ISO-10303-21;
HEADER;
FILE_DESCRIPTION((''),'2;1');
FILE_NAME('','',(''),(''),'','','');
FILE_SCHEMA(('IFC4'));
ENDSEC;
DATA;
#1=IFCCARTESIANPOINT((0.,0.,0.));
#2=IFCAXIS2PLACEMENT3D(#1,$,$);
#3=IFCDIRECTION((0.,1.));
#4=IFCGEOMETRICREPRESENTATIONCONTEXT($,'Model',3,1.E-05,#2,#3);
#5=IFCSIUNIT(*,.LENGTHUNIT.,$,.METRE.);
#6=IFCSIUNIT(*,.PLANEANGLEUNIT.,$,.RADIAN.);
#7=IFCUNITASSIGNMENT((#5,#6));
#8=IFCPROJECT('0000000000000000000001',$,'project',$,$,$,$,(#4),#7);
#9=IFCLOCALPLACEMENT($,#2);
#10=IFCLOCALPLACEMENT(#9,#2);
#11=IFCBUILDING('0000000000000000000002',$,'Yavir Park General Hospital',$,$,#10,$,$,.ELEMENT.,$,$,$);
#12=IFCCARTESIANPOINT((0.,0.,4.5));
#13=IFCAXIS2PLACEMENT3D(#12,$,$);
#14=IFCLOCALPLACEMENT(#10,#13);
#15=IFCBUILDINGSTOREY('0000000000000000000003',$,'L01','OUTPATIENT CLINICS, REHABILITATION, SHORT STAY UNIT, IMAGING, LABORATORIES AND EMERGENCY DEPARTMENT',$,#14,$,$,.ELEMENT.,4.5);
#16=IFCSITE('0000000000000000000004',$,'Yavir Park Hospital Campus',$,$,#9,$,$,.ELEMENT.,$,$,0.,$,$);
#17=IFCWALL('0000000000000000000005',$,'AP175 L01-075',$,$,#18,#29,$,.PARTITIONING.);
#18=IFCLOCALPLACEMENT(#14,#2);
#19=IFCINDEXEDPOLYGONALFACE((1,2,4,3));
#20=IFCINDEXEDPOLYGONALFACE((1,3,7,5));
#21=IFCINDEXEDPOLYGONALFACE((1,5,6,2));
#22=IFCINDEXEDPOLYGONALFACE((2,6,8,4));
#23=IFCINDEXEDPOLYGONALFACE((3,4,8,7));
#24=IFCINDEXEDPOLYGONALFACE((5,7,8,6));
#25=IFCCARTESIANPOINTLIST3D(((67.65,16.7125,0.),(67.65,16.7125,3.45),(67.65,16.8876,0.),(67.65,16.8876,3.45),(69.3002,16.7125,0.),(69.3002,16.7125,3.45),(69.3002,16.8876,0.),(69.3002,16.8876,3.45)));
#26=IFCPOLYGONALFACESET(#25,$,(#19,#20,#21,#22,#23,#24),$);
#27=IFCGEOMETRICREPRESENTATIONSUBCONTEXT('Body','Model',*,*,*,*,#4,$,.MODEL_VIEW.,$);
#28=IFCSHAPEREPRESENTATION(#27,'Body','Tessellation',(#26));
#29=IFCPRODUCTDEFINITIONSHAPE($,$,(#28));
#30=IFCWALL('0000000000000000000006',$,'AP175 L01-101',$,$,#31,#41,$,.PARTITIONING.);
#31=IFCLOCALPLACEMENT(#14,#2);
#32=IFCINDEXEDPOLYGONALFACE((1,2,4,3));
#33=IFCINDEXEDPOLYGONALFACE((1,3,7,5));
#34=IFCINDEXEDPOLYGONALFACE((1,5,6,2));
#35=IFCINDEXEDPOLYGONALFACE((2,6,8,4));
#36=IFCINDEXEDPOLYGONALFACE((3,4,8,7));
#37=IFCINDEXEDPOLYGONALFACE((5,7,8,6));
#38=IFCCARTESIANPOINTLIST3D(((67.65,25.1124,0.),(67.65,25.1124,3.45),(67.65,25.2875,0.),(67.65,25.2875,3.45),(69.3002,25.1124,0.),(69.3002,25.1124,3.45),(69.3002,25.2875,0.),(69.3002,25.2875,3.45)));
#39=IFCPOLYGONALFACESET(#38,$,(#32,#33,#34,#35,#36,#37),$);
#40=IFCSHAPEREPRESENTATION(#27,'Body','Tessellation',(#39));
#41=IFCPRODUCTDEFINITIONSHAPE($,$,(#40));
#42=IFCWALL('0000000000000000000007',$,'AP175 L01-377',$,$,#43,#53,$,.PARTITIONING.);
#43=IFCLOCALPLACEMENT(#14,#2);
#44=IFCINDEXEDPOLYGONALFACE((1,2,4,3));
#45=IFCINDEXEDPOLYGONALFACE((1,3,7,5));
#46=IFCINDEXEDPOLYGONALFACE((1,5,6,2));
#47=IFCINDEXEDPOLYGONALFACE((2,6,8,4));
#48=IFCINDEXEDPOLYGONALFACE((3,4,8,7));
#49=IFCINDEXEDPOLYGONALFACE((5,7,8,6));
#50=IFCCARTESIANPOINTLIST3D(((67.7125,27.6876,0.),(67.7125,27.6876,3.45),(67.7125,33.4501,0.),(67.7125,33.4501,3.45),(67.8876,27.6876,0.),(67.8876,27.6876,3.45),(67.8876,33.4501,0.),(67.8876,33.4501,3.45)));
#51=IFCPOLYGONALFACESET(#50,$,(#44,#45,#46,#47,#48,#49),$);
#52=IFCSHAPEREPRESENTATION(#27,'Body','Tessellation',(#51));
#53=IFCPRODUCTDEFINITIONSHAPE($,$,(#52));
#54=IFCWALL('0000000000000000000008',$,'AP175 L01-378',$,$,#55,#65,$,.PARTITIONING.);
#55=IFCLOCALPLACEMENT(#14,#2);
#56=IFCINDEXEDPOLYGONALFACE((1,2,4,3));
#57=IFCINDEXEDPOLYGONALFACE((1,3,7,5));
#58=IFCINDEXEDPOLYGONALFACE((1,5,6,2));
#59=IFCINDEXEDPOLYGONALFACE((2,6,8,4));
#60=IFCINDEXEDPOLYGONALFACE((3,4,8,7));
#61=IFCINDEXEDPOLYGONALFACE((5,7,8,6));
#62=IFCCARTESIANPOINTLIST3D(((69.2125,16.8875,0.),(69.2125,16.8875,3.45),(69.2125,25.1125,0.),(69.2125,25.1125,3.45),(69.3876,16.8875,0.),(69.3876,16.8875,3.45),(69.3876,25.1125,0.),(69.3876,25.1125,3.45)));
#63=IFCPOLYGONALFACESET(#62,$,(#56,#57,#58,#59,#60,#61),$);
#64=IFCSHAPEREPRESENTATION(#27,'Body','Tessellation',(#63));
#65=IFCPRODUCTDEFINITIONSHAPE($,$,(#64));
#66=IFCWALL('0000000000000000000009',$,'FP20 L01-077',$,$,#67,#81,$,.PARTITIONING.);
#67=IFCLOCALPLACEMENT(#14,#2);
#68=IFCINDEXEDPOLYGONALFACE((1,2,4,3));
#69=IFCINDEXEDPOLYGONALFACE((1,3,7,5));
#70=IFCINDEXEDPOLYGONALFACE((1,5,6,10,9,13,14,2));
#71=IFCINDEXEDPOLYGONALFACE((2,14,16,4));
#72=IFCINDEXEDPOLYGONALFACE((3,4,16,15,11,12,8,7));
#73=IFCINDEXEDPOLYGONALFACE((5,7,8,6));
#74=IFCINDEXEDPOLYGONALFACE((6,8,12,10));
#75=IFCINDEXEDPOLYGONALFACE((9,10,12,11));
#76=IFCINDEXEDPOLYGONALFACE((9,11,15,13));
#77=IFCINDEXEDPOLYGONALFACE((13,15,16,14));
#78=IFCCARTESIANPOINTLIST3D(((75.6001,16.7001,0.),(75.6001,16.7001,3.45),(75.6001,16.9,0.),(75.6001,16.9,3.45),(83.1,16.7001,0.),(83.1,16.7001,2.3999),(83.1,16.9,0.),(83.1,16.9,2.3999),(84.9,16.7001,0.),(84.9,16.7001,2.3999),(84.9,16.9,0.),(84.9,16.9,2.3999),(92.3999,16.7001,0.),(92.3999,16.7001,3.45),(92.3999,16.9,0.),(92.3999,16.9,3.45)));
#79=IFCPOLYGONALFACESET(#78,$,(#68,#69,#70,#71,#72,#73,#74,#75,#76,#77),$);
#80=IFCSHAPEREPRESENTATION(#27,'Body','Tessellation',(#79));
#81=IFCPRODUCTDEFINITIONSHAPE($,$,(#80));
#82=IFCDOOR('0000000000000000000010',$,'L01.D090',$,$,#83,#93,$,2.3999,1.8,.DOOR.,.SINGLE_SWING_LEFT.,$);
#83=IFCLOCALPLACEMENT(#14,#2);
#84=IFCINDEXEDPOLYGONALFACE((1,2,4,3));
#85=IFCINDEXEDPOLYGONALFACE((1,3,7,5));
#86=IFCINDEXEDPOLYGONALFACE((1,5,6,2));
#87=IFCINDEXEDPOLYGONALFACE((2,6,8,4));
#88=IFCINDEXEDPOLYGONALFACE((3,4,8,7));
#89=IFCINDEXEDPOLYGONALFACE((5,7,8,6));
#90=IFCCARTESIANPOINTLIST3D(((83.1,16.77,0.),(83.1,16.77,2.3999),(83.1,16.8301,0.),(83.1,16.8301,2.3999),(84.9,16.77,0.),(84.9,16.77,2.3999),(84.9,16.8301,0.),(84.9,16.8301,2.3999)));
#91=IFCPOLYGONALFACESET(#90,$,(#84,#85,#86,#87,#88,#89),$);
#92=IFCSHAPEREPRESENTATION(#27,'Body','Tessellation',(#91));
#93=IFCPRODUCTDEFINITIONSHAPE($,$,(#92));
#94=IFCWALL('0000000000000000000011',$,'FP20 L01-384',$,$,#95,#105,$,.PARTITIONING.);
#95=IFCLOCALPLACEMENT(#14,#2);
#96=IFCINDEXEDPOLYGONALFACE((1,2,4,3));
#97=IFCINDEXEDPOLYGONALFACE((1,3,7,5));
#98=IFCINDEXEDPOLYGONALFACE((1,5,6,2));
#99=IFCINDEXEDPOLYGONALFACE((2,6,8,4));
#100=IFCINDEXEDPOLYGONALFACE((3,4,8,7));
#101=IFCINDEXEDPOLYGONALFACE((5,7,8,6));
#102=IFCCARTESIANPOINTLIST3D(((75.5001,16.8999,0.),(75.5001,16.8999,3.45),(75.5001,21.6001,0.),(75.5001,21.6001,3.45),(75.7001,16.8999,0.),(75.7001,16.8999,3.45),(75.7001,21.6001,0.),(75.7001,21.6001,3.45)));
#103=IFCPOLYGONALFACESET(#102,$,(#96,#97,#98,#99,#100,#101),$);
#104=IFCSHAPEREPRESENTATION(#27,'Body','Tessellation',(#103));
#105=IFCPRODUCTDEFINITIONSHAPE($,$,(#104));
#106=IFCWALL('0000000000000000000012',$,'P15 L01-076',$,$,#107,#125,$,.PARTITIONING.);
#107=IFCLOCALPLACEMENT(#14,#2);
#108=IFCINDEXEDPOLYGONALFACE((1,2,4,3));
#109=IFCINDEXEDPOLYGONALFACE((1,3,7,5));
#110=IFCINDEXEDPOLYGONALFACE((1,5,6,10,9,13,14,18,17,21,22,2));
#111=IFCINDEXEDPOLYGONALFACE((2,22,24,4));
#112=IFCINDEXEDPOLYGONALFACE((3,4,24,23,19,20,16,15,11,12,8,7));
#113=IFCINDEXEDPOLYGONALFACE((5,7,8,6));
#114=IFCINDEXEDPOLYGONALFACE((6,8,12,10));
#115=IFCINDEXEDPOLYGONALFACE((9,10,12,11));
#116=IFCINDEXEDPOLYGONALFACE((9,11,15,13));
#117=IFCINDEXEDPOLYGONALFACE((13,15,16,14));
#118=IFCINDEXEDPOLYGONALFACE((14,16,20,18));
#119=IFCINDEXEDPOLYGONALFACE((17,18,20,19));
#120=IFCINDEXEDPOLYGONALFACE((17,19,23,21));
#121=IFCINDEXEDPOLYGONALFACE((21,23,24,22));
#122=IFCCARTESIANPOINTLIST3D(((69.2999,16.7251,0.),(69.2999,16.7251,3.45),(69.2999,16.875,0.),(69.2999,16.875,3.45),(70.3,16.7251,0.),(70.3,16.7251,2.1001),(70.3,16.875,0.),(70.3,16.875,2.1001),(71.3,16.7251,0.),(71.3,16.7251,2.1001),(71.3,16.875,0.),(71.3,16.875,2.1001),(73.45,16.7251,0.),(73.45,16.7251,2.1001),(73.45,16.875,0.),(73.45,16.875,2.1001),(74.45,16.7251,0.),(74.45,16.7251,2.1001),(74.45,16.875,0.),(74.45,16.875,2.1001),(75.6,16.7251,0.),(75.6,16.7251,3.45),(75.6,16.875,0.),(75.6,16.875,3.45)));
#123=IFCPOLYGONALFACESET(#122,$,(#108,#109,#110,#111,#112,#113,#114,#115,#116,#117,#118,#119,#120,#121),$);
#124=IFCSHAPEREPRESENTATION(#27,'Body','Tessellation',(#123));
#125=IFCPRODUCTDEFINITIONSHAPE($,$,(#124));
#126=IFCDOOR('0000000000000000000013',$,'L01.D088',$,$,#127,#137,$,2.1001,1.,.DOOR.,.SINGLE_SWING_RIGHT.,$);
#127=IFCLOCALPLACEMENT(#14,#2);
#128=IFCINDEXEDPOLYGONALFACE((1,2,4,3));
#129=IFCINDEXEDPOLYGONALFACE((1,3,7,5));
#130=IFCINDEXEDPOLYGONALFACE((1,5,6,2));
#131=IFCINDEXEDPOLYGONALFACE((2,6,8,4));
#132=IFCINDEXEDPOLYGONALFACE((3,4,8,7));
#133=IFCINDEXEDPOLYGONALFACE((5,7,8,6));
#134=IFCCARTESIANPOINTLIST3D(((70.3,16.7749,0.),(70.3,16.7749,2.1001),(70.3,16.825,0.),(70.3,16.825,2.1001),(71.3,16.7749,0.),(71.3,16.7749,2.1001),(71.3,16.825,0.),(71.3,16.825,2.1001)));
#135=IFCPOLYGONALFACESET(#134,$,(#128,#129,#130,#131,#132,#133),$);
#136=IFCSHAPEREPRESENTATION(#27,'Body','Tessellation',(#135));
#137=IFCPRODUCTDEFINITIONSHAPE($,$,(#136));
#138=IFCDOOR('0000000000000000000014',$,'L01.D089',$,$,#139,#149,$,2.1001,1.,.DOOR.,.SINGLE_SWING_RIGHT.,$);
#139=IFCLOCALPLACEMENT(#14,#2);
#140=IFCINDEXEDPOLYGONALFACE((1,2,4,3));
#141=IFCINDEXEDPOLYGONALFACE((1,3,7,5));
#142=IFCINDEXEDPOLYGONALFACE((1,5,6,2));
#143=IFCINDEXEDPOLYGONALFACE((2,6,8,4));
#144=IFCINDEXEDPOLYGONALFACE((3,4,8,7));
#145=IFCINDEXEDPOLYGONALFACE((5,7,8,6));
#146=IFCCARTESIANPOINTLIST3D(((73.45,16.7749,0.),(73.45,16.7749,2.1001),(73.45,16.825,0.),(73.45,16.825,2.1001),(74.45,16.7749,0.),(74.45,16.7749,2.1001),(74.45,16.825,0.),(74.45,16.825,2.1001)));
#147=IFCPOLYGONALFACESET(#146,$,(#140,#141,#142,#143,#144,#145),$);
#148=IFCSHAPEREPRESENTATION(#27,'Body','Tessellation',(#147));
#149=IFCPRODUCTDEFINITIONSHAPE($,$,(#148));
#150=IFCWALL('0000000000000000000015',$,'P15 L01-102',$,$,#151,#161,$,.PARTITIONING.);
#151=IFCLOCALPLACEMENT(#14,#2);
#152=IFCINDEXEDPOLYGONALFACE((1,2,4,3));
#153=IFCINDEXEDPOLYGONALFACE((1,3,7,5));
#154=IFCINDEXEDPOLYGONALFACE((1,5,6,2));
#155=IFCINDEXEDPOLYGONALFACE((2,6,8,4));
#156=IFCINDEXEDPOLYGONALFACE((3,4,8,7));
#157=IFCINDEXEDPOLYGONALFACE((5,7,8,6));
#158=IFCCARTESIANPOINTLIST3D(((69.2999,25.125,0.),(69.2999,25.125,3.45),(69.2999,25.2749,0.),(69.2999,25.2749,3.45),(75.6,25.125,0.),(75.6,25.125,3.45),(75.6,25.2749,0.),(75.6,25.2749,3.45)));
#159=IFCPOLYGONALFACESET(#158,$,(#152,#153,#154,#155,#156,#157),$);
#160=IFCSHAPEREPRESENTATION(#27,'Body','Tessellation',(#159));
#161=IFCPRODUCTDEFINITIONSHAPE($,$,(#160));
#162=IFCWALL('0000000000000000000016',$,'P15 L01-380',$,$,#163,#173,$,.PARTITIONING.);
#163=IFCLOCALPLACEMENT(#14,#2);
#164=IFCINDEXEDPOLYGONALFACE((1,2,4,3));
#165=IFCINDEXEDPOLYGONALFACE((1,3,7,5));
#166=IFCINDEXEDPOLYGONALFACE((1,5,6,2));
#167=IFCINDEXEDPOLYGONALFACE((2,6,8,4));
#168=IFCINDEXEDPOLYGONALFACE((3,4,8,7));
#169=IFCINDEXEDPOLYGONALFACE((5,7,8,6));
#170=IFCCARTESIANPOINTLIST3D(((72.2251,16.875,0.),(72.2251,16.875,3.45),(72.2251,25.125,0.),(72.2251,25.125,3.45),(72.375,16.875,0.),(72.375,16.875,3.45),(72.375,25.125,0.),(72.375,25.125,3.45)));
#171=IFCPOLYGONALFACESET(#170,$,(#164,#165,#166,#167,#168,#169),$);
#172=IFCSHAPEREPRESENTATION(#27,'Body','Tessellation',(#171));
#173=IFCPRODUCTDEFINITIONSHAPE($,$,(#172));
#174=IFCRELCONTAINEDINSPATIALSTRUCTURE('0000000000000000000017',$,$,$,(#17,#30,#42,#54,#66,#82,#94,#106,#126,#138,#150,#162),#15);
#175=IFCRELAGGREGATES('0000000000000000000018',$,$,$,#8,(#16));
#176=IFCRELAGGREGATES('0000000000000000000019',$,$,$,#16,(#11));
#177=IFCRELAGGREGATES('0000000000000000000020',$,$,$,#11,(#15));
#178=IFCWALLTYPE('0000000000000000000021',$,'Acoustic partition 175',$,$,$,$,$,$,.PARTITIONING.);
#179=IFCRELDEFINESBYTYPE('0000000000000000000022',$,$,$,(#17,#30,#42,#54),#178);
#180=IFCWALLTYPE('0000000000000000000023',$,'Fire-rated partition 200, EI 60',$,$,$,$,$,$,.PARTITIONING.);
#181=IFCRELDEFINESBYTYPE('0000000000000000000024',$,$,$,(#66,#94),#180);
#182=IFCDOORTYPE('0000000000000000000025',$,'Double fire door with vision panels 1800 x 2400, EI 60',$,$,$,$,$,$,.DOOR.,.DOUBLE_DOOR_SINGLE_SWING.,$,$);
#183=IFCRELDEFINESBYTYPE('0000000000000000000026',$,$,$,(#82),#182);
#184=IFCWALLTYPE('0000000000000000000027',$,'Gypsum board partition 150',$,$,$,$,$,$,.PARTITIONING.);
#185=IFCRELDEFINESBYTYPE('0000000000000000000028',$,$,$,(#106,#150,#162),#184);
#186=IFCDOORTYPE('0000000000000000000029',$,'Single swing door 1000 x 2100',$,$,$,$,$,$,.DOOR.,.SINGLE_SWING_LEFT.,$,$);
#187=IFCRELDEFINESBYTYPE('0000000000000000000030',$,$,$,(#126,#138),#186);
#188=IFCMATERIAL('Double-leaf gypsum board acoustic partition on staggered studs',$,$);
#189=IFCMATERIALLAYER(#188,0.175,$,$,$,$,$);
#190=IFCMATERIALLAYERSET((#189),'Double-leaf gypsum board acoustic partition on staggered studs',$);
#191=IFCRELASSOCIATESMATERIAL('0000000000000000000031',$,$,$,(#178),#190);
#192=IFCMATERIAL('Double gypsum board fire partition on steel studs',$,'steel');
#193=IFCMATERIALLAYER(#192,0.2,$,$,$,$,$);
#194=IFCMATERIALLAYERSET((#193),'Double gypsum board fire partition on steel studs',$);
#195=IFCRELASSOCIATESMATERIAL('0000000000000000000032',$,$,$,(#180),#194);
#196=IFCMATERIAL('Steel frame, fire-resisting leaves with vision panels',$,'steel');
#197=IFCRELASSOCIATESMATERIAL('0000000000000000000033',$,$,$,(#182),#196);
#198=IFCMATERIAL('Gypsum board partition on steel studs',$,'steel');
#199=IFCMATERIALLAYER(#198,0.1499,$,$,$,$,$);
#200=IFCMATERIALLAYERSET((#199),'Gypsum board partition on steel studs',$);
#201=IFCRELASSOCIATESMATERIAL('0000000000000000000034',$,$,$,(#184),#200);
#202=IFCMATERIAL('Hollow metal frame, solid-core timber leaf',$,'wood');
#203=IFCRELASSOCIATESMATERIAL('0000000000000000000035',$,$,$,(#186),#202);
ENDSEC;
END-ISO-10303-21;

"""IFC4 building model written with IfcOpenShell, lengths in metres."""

from ifc_helpers import new_model, si_unit, direction, frame, frame_2d, origin, place, context, subcontext, project, spatial, rectangle, extrude, material, layer, layer_set, type_object, element, fill, save


model = new_model("IFC4")

# Units and contexts
model_context = context("Model", 3, precision=1e-05, world=origin(), true_north=direction((0.0, 1.0)))
body_context = subcontext(model_context, "Body", "Model", "MODEL_VIEW")
ifc_project = project(units=[si_unit("LENGTHUNIT", "METRE"), si_unit("PLANEANGLEUNIT", "RADIAN")], contexts=[model_context])

# Site, building, storey
site_placement = place(None, origin())
site = spatial("IfcSite", under=ifc_project, at=site_placement, Name="Yavir Park Hospital Campus", CompositionType="ELEMENT", RefElevation=0.0)
building_placement = place(site_placement, origin())
building = spatial("IfcBuilding", under=site, at=building_placement, Name="Yavir Park General Hospital", CompositionType="ELEMENT")
storey_placement = place(building_placement, frame((0.0, 0.0, 4.5)))
storey = spatial("IfcBuildingStorey", under=building, at=storey_placement, Name="L01", Description="OUTPATIENT CLINICS, REHABILITATION, SHORT STAY UNIT, IMAGING, LABORATORIES AND EMERGENCY DEPARTMENT", CompositionType="ELEMENT", Elevation=4.5)

# Walls
ifc_material_1 = material(Name="Double-leaf gypsum board acoustic partition on staggered studs")
ifc_layer_1 = layer(ifc_material_1, 0.175)
ifc_layer_set_1 = layer_set([ifc_layer_1], Name="Double-leaf gypsum board acoustic partition on staggered studs")
wall_type_1 = type_object("IfcWallType", Name="Acoustic partition 175", PredefinedType="PARTITIONING", material=ifc_layer_set_1)
for number, where, z_axis, x_axis, name in (
    (1, (67.6499, 16.8, 0.0), (0.0, 0.0, 1.0), (1.0, 0.0, 0.0), "AP175 L01-075"),
    (2, (67.6499, 25.2, 0.0), (0.0, 0.0, 1.0), (1.0, 0.0, 0.0), "AP175 L01-101"),
):
    element("IfcWall", number, at=place(storey_placement, frame(where, z_axis=z_axis, x_axis=x_axis)), inside=storey, type_object=wall_type_1, Name=name, PredefinedType="PARTITIONING", context=body_context, shape_type="SweptSolid", body=[
        extrude(rectangle(XDim=1.6501, YDim=0.175, at=frame_2d((0.8252, 0.0))), origin(), (0.0, 0.0, 1.0), 3.45),
    ])
wall_1_placement = place(storey_placement, frame((67.8, 27.6875, 0.0), z_axis=(0.0, 0.0, 1.0), x_axis=(0.0, 1.0, 0.0)))
element("IfcWall", 3, at=wall_1_placement, inside=storey, type_object=wall_type_1, Name="AP175 L01-377", PredefinedType="PARTITIONING", context=body_context, shape_type="SweptSolid", body=[
    extrude(rectangle(XDim=5.7625, YDim=0.175, at=frame_2d((2.8813, 0.0))), origin(), (0.0, 0.0, 1.0), 3.45),
])
wall_2_placement = place(storey_placement, frame((69.3, 16.8875, 0.0), z_axis=(0.0, 0.0, 1.0), x_axis=(0.0, 1.0, 0.0)))
element("IfcWall", 4, at=wall_2_placement, inside=storey, type_object=wall_type_1, Name="AP175 L01-378", PredefinedType="PARTITIONING", context=body_context, shape_type="SweptSolid", body=[
    extrude(rectangle(XDim=8.2251, YDim=0.175, at=frame_2d((4.1125, 0.0))), origin(), (0.0, 0.0, 1.0), 3.45),
])

# Wall, opening, door
ifc_material_2 = material(Name="Double gypsum board fire partition on steel studs", Category="steel")
ifc_layer_2 = layer(ifc_material_2, 0.2)
ifc_layer_set_2 = layer_set([ifc_layer_2], Name="Double gypsum board fire partition on steel studs")
wall_type_2 = type_object("IfcWallType", Name="Fire-rated partition 200, EI 60", PredefinedType="PARTITIONING", material=ifc_layer_set_2)
wall_3_placement = place(storey_placement, frame((75.6001, 16.8, 0.0), z_axis=(0.0, 0.0, 1.0), x_axis=(1.0, 0.0, 0.0)))
wall_3 = element("IfcWall", 5, at=wall_3_placement, inside=storey, type_object=wall_type_2, Name="FP20 L01-077", PredefinedType="PARTITIONING", context=body_context, shape_type="SweptSolid", body=[
    extrude(rectangle(XDim=16.7998, YDim=0.2, at=frame_2d((8.3999, 0.0))), origin(), (0.0, 0.0, 1.0), 3.45),
])
opening_1_placement = place(wall_3_placement, frame((7.5, 0.0, 0.0)))
opening_1 = element("IfcOpeningElement", 6, at=opening_1_placement, cuts=wall_3, PredefinedType="OPENING", context=body_context, shape_type="SweptSolid", body=[
    extrude(rectangle(XDim=1.8, YDim=2.3999, at=frame_2d((0.8999, 1.2))), frame((0.0, 0.1099, 0.0), z_axis=(0.0, -1.0, 0.0), x_axis=(1.0, 0.0, 0.0)), (0.0, 0.0, 1.0), 0.22),
])
ifc_material_3 = material(Name="Steel frame, fire-resisting leaves with vision panels", Category="steel")
door_type_1 = type_object("IfcDoorType", Name="Double fire door with vision panels 1800 x 2400, EI 60", OperationType="DOUBLE_DOOR_SINGLE_SWING", PredefinedType="DOOR", material=ifc_material_3)
door_1_placement = place(opening_1_placement, origin())
door_1 = element("IfcDoor", 7, at=door_1_placement, inside=storey, type_object=door_type_1, Name="L01.D090", OperationType="SINGLE_SWING_LEFT", OverallHeight=2.3999, OverallWidth=1.8, PredefinedType="DOOR", context=body_context, shape_type="SweptSolid", body=[
    extrude(rectangle(XDim=1.8, YDim=2.3999, at=frame_2d((0.8999, 1.2))), frame((0.0, 0.03, 0.0), z_axis=(0.0, -1.0, 0.0), x_axis=(1.0, 0.0, 0.0)), (0.0, 0.0, 1.0), 0.0601),
])
fill(opening_1, door_1)

# Wall
wall_4_placement = place(storey_placement, frame((75.6001, 16.8999, 0.0), z_axis=(0.0, 0.0, 1.0), x_axis=(0.0, 1.0, 0.0)))
element("IfcWall", 8, at=wall_4_placement, inside=storey, type_object=wall_type_2, Name="FP20 L01-384", PredefinedType="PARTITIONING", context=body_context, shape_type="SweptSolid", body=[
    extrude(rectangle(XDim=4.7002, YDim=0.2, at=frame_2d((2.3501, 0.0))), origin(), (0.0, 0.0, 1.0), 3.45),
])

# Wall, openings, doors
ifc_material_4 = material(Name="Gypsum board partition on steel studs", Category="steel")
ifc_layer_3 = layer(ifc_material_4, 0.1499)
ifc_layer_set_3 = layer_set([ifc_layer_3], Name="Gypsum board partition on steel studs")
wall_type_3 = type_object("IfcWallType", Name="Gypsum board partition 150", PredefinedType="PARTITIONING", material=ifc_layer_set_3)
wall_5_placement = place(storey_placement, frame((69.3, 16.8, 0.0), z_axis=(0.0, 0.0, 1.0), x_axis=(1.0, 0.0, 0.0)))
wall_5 = element("IfcWall", 9, at=wall_5_placement, inside=storey, type_object=wall_type_3, Name="P15 L01-076", PredefinedType="PARTITIONING", context=body_context, shape_type="SweptSolid", body=[
    extrude(rectangle(XDim=6.3, YDim=0.1499, at=frame_2d((3.1499, 0.0))), origin(), (0.0, 0.0, 1.0), 3.45),
])
opening_2_placement = place(wall_5_placement, frame((1.0, 0.0, 0.0)))
opening_2 = element("IfcOpeningElement", 10, at=opening_2_placement, cuts=wall_5, PredefinedType="OPENING", context=body_context, shape_type="SweptSolid", body=[
    extrude(rectangle(XDim=1.0, YDim=2.1001, at=frame_2d((0.5, 1.05))), frame((0.0, 0.085, 0.0), z_axis=(0.0, -1.0, 0.0), x_axis=(1.0, 0.0, 0.0)), (0.0, 0.0, 1.0), 0.1699),
])
opening_3_placement = place(wall_5_placement, frame((4.1499, 0.0, 0.0)))
opening_3 = element("IfcOpeningElement", 11, at=opening_3_placement, cuts=wall_5, PredefinedType="OPENING", context=body_context, shape_type="SweptSolid", body=[
    extrude(rectangle(XDim=1.0, YDim=2.1001, at=frame_2d((0.5, 1.05))), frame((0.0, 0.085, 0.0), z_axis=(0.0, -1.0, 0.0), x_axis=(1.0, 0.0, 0.0)), (0.0, 0.0, 1.0), 0.1699),
])
ifc_material_5 = material(Name="Hollow metal frame, solid-core timber leaf", Category="wood")
door_type_2 = type_object("IfcDoorType", Name="Single swing door 1000 x 2100", OperationType="SINGLE_SWING_LEFT", PredefinedType="DOOR", material=ifc_material_5)
door_2_placement = place(opening_2_placement, origin())
door_2 = element("IfcDoor", 12, at=door_2_placement, inside=storey, type_object=door_type_2, Name="L01.D088", OperationType="SINGLE_SWING_RIGHT", OverallHeight=2.1001, OverallWidth=1.0, PredefinedType="DOOR", context=body_context, shape_type="SweptSolid", body=[
    extrude(rectangle(XDim=1.0, YDim=2.1001, at=frame_2d((0.5, 1.05))), frame((0.0, 0.0249, 0.0), z_axis=(0.0, -1.0, 0.0), x_axis=(1.0, 0.0, 0.0)), (0.0, 0.0, 1.0), 0.05),
])
fill(opening_2, door_2)
door_3_placement = place(opening_3_placement, origin())
door_3 = element("IfcDoor", 13, at=door_3_placement, inside=storey, type_object=door_type_2, Name="L01.D089", OperationType="SINGLE_SWING_RIGHT", OverallHeight=2.1001, OverallWidth=1.0, PredefinedType="DOOR", context=body_context, shape_type="SweptSolid", body=[
    extrude(rectangle(XDim=1.0, YDim=2.1001, at=frame_2d((0.5, 1.05))), frame((0.0, 0.0249, 0.0), z_axis=(0.0, -1.0, 0.0), x_axis=(1.0, 0.0, 0.0)), (0.0, 0.0, 1.0), 0.05),
])
fill(opening_3, door_3)

# Walls
wall_6_placement = place(storey_placement, frame((69.3, 25.2, 0.0), z_axis=(0.0, 0.0, 1.0), x_axis=(1.0, 0.0, 0.0)))
element("IfcWall", 14, at=wall_6_placement, inside=storey, type_object=wall_type_3, Name="P15 L01-102", PredefinedType="PARTITIONING", context=body_context, shape_type="SweptSolid", body=[
    extrude(rectangle(XDim=6.3, YDim=0.1499, at=frame_2d((3.1499, 0.0))), origin(), (0.0, 0.0, 1.0), 3.45),
])
wall_7_placement = place(storey_placement, frame((72.3, 16.875, 0.0), z_axis=(0.0, 0.0, 1.0), x_axis=(0.0, 1.0, 0.0)))
element("IfcWall", 15, at=wall_7_placement, inside=storey, type_object=wall_type_3, Name="P15 L01-380", PredefinedType="PARTITIONING", context=body_context, shape_type="SweptSolid", body=[
    extrude(rectangle(XDim=8.25, YDim=0.1499, at=frame_2d((4.125, 0.0))), origin(), (0.0, 0.0, 1.0), 3.45),
])

save(model, "model.ifc")
